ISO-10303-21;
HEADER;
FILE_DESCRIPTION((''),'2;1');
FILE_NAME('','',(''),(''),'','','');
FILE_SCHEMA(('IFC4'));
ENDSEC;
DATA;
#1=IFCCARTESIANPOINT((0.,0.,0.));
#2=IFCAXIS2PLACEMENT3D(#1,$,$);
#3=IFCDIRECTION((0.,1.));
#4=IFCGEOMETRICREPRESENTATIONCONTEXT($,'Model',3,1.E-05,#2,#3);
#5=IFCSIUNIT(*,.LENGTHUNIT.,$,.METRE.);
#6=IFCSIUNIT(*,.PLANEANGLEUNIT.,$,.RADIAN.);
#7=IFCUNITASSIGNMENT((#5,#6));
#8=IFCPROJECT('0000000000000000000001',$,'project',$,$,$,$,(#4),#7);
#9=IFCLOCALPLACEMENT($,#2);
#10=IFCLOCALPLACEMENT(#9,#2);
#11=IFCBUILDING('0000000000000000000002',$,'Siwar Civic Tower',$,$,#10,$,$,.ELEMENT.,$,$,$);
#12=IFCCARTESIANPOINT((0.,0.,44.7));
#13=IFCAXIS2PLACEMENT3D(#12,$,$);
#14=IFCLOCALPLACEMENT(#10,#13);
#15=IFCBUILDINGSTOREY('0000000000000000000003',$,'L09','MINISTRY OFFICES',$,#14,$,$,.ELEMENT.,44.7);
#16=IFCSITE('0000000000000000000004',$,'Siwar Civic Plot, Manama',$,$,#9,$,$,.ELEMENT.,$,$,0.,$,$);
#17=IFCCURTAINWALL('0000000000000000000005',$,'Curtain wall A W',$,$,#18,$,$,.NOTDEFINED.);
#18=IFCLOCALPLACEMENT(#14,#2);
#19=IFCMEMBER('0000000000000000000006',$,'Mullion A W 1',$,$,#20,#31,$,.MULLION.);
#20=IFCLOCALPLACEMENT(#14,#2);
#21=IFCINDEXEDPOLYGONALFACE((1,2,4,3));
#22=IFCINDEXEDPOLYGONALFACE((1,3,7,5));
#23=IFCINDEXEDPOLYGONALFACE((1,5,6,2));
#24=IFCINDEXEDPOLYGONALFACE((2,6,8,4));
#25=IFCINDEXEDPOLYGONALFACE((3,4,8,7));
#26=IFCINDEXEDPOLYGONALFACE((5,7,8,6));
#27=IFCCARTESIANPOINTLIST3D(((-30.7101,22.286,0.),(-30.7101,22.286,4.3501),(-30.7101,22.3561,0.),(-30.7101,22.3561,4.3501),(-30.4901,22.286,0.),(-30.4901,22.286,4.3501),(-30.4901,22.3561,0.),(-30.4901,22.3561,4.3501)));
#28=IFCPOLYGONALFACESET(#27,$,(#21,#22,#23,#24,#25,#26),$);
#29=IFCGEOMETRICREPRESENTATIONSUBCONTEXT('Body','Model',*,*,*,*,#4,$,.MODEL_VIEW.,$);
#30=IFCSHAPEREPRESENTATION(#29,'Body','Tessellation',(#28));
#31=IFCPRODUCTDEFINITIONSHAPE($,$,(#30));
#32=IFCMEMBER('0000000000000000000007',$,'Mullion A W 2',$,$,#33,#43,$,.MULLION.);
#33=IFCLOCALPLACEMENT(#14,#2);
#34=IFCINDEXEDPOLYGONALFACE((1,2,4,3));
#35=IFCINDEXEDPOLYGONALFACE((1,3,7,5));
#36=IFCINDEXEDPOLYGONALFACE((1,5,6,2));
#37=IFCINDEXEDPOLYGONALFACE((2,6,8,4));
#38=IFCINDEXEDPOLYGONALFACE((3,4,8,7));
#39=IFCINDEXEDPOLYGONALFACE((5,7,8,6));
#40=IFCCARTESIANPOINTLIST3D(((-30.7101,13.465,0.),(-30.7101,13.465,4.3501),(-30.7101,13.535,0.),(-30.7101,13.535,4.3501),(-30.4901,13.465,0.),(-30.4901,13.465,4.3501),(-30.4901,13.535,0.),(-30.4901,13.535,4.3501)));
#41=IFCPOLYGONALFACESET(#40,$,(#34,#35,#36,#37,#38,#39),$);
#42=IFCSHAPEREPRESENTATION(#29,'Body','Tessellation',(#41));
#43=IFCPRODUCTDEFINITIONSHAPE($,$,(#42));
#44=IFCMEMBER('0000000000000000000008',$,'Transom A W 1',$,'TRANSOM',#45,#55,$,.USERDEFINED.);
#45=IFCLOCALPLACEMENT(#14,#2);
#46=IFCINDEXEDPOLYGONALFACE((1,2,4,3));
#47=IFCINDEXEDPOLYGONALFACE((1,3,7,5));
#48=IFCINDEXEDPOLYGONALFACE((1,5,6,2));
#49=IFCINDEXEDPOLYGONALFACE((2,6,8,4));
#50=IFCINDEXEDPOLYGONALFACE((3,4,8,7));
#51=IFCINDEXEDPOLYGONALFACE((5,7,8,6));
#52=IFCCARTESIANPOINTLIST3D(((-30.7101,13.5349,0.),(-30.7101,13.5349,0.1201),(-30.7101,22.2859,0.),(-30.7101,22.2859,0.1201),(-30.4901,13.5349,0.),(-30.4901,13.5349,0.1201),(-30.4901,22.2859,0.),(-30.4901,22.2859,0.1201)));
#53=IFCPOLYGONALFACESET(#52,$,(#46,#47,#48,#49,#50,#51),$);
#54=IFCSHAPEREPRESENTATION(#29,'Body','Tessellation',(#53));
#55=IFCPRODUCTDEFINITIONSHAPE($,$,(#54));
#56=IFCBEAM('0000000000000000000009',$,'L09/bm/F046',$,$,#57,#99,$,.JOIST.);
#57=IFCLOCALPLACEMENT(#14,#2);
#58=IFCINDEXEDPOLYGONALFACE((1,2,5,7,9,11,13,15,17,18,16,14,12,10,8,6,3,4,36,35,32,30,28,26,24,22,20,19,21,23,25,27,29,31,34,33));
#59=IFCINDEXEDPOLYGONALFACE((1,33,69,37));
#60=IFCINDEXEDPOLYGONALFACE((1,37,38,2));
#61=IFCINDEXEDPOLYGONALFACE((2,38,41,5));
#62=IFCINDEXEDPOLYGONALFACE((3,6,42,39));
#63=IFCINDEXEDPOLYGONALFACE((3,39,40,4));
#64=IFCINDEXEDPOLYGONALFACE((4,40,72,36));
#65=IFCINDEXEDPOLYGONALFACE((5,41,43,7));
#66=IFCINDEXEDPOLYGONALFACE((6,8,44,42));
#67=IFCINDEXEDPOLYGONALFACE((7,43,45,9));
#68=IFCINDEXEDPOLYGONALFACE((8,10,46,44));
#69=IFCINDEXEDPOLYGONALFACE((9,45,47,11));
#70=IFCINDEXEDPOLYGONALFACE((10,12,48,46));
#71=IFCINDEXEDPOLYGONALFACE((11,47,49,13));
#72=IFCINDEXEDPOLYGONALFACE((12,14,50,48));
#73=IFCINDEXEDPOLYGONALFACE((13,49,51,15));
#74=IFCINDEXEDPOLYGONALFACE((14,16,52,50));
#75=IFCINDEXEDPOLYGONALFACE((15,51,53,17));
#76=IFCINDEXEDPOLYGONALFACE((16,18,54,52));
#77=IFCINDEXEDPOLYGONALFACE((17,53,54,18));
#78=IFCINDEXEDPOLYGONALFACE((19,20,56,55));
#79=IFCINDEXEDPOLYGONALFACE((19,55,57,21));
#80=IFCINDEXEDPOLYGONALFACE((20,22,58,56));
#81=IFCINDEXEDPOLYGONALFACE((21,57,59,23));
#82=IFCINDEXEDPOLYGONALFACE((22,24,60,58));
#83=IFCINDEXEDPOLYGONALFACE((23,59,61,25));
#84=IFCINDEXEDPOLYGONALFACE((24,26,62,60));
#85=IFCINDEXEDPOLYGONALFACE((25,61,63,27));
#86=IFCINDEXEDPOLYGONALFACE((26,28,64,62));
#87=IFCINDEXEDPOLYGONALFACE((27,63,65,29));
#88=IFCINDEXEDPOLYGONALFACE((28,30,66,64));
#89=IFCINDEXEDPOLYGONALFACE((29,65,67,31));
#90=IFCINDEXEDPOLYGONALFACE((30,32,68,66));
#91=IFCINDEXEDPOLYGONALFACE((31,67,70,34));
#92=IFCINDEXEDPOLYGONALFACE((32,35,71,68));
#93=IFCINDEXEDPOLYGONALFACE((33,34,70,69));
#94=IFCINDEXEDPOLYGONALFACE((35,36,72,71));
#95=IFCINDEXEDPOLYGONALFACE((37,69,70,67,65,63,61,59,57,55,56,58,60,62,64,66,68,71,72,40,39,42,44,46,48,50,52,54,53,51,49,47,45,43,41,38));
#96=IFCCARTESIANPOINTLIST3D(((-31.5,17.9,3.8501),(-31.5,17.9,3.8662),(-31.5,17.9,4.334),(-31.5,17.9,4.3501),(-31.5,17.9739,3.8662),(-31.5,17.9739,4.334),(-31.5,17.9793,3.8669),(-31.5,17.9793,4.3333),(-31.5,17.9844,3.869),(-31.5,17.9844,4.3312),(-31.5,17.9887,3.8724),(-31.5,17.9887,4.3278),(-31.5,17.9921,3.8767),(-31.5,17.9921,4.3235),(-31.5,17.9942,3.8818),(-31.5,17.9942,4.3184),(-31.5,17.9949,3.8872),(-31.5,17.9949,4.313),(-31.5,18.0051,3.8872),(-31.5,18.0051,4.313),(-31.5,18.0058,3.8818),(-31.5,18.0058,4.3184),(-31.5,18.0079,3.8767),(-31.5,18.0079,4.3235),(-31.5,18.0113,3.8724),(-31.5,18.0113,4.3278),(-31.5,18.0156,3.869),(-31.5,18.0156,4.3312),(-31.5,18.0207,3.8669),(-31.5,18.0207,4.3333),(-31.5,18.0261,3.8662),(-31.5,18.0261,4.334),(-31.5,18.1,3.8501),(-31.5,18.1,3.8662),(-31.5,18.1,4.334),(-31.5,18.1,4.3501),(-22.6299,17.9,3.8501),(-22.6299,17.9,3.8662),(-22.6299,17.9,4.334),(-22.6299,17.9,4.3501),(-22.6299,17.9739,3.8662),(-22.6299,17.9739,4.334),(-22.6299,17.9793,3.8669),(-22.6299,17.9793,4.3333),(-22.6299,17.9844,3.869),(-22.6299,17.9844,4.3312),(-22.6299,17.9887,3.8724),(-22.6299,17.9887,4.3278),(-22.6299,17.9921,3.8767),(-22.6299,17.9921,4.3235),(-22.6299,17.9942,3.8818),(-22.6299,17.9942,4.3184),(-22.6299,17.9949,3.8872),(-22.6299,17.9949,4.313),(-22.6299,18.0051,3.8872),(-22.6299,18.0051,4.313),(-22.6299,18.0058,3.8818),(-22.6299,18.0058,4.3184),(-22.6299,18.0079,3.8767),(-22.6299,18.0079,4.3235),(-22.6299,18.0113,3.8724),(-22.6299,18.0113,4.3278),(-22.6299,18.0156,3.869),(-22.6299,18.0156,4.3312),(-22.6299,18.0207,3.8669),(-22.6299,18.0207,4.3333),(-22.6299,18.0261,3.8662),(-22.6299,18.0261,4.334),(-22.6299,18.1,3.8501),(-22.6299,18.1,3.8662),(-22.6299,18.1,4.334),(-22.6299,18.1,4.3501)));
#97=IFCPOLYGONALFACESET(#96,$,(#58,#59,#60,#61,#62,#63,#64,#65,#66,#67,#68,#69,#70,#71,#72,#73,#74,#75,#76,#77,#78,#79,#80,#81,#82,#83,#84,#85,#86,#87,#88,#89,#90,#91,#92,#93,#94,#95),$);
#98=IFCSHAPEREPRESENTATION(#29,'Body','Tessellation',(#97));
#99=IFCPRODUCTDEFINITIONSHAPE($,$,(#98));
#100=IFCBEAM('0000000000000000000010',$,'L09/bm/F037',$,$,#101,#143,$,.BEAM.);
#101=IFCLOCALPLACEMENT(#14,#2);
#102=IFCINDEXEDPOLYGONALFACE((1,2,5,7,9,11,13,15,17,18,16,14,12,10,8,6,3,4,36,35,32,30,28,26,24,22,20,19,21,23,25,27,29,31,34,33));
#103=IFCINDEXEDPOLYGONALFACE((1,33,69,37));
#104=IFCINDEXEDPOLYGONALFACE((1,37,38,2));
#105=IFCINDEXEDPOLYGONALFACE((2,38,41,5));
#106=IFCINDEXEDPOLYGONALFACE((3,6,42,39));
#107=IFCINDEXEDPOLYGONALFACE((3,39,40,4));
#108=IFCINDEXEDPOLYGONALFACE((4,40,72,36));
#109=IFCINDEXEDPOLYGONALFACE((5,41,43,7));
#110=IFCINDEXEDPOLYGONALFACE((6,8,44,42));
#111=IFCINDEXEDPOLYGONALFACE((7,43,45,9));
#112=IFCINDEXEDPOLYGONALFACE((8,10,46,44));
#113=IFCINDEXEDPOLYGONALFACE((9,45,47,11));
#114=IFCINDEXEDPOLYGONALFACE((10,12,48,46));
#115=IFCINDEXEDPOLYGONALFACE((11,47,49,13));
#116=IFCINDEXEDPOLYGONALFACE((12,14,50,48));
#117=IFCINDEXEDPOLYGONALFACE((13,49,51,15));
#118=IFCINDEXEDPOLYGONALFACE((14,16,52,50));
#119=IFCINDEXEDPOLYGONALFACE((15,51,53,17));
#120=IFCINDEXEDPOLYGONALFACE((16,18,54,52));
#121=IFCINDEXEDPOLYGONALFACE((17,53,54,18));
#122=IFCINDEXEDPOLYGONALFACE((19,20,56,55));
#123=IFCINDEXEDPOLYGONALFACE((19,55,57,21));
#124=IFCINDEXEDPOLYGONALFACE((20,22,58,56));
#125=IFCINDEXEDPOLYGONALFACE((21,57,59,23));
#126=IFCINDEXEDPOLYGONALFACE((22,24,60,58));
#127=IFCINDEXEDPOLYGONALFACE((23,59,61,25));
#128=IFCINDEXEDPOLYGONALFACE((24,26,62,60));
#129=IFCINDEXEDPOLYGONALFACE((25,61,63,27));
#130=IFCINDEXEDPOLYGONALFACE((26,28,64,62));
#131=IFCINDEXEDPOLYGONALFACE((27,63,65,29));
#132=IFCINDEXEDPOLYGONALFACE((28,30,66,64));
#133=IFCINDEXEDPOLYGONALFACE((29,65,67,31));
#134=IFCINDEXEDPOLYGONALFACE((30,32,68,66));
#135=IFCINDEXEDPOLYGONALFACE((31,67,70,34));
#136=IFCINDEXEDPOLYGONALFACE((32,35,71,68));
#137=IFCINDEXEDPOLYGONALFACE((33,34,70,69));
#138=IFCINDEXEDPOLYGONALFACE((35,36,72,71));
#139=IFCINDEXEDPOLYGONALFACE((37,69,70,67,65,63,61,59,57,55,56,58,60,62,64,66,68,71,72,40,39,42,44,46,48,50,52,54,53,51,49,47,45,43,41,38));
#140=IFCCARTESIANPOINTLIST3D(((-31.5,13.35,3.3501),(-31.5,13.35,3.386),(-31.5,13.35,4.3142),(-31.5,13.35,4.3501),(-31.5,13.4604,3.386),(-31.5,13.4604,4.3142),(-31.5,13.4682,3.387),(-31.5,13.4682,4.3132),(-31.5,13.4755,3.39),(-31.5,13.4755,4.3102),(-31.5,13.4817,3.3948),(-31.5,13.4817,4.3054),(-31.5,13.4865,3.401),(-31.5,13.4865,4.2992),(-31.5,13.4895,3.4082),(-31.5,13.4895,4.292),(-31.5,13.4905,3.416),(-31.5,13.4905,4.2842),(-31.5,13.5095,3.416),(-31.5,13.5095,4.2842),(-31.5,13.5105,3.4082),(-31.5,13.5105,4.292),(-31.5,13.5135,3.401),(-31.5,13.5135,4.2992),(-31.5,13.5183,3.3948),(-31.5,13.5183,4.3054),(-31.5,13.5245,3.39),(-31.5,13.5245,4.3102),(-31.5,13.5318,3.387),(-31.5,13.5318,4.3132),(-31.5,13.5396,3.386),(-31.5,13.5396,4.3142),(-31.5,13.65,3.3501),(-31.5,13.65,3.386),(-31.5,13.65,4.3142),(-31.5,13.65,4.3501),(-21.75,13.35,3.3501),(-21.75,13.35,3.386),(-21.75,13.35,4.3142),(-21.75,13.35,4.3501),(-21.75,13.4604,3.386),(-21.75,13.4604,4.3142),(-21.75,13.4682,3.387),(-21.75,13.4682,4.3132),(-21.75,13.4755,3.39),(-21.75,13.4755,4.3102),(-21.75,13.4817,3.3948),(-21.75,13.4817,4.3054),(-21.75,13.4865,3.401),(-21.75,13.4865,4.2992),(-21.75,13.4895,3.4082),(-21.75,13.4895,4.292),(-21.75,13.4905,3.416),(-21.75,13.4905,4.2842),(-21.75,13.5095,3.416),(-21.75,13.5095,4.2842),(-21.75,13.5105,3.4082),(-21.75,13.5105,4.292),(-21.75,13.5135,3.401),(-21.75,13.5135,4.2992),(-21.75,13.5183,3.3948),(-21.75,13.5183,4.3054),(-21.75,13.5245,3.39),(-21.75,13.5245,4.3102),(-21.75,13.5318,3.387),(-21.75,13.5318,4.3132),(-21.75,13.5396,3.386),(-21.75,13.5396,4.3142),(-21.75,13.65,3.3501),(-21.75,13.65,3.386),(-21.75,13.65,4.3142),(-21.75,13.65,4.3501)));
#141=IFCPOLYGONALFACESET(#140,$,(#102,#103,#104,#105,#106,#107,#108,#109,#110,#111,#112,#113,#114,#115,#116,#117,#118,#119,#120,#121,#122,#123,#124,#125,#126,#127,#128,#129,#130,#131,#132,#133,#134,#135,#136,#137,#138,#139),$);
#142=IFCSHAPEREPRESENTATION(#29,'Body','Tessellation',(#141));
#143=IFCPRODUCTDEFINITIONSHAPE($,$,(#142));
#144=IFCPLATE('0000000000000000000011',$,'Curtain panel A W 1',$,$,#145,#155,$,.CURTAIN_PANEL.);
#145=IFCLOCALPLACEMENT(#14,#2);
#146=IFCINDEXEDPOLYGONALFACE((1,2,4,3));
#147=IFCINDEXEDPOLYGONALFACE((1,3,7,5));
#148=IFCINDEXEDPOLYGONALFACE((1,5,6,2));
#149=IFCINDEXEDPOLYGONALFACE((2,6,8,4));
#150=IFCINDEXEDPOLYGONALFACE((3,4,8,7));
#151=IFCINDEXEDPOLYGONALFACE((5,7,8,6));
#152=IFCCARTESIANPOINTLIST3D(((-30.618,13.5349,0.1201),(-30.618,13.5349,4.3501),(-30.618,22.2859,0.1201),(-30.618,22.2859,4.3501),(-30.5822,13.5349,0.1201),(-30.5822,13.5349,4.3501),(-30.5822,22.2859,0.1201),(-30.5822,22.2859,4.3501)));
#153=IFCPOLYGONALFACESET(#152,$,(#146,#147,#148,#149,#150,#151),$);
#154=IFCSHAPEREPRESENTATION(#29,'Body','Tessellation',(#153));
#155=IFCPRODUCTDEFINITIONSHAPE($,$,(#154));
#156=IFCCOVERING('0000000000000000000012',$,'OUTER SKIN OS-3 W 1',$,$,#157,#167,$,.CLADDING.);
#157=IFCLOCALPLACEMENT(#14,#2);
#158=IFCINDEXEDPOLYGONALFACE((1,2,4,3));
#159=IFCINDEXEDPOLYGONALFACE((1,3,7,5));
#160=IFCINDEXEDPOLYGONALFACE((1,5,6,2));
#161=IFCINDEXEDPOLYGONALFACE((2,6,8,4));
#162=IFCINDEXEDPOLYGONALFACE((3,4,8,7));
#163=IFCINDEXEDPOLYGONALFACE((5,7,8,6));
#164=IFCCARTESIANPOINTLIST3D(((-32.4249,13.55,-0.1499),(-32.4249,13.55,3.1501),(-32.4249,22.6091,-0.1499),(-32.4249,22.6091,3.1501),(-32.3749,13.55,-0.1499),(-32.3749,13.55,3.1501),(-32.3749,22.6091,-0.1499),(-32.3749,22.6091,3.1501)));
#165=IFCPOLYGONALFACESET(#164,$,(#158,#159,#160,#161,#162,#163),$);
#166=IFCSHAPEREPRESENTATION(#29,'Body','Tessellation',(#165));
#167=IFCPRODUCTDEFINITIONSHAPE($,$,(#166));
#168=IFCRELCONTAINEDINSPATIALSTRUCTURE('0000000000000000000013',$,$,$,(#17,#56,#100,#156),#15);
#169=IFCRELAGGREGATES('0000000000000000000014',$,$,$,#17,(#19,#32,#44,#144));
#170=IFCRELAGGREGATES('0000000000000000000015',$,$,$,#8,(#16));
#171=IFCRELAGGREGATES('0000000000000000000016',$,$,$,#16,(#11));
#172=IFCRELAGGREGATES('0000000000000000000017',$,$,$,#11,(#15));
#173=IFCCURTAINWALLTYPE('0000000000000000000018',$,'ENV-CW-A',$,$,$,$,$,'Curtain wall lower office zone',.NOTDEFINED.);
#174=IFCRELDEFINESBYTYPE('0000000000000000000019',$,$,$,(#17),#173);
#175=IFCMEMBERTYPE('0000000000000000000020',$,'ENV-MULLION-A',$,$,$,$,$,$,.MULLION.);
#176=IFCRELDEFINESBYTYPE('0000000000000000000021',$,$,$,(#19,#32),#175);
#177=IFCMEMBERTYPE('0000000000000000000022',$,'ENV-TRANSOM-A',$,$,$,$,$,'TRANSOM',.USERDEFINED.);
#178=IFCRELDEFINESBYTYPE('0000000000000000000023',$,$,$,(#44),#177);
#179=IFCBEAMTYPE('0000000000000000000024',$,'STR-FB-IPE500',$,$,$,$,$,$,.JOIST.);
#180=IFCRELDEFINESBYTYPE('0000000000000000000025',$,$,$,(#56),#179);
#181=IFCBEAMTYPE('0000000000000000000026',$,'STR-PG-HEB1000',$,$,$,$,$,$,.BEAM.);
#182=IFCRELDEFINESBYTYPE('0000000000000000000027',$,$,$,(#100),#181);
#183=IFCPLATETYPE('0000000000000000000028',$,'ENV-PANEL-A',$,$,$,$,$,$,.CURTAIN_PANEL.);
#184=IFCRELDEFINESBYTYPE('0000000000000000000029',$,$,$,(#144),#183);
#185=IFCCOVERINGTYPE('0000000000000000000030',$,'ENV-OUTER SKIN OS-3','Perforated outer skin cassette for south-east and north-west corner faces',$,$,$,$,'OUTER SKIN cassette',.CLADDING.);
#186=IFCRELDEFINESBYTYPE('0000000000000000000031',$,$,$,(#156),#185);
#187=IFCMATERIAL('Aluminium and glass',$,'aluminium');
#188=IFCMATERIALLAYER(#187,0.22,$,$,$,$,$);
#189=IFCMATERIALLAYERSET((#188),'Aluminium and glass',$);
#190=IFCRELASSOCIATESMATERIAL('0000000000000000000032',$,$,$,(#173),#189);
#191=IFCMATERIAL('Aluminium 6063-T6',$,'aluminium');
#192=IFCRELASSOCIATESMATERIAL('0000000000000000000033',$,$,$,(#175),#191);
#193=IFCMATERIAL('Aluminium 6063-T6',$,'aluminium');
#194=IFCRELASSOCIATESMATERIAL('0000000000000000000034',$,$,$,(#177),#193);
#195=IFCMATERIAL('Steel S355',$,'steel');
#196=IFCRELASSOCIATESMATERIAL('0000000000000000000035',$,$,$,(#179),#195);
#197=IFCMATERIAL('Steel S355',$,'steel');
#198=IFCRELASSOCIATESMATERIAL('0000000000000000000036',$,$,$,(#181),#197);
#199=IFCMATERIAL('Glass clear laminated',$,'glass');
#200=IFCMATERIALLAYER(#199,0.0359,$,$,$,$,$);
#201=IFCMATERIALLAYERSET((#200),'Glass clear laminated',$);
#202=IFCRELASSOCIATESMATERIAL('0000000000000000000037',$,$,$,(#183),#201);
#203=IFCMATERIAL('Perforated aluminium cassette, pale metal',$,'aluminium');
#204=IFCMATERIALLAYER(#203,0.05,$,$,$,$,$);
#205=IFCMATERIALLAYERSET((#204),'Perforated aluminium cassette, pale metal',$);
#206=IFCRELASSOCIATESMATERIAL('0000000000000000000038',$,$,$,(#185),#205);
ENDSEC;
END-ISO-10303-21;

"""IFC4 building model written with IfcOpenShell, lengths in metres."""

from ifc_helpers import new_model, si_unit, direction, frame, origin, origin_2d, place, context, subcontext, project, spatial, rectangle, i_section, extrude, material, layer, layer_set, material_profile, profile_set, type_object, element, aggregate, save


model = new_model("IFC4")

# Units and contexts
model_context = context("Model", 3, precision=1e-05, world=origin(), true_north=direction((0.0, 1.0)))
body_context = subcontext(model_context, "Body", "Model", "MODEL_VIEW")
ifc_project = project(units=[si_unit("LENGTHUNIT", "METRE"), si_unit("PLANEANGLEUNIT", "RADIAN")], contexts=[model_context])

# Site, building, storey
site_placement = place(None, origin())
site = spatial("IfcSite", under=ifc_project, at=site_placement, Name="Siwar Civic Plot, Manama", CompositionType="ELEMENT", RefElevation=0.0)
building_placement = place(site_placement, origin())
building = spatial("IfcBuilding", under=site, at=building_placement, Name="Siwar Civic Tower", CompositionType="ELEMENT")
storey_placement = place(building_placement, frame((0.0, 0.0, 44.7)))
storey = spatial("IfcBuildingStorey", under=building, at=storey_placement, Name="L09", Description="MINISTRY OFFICES", CompositionType="ELEMENT", Elevation=44.7)

# Curtain wall, members
ifc_material_1 = material(Name="Aluminium and glass", Category="aluminium")
ifc_layer_1 = layer(ifc_material_1, 0.22)
ifc_layer_set_1 = layer_set([ifc_layer_1], Name="Aluminium and glass")
curtain_wall_type = type_object("IfcCurtainWallType", Name="ENV-CW-A", ElementType="Curtain wall lower office zone", PredefinedType="NOTDEFINED", material=ifc_layer_set_1)
curtain_wall_placement = place(storey_placement, origin())
curtain_wall = element("IfcCurtainWall", 1, at=curtain_wall_placement, inside=storey, type_object=curtain_wall_type, Name="Curtain wall A W", PredefinedType="NOTDEFINED")
ifc_material_2 = material(Name="Aluminium 6063-T6", Category="aluminium")
ifc_material_profile_1 = material_profile(ifc_material_2, rectangle(XDim=0.22, YDim=0.0701, at=origin_2d()), Name="AL 220x70")
ifc_profile_set_1 = profile_set([ifc_material_profile_1], Name="Aluminium 6063-T6")
member_type_1 = type_object("IfcMemberType", Name="ENV-MULLION-A", PredefinedType="MULLION", material=ifc_profile_set_1)
member_1_placement = place(storey_placement, frame((-30.6001, 22.321, 0.0), z_axis=(0.0, 0.0, 1.0), x_axis=(1.0, 0.0, 0.0)))
member_1 = element("IfcMember", 2, at=member_1_placement, type_object=member_type_1, Name="Mullion A W 1", PredefinedType="MULLION", context=body_context, shape_type="SweptSolid", body=[
    extrude(rectangle(XDim=0.22, YDim=0.0701, at=origin_2d()), origin(), (0.0, 0.0, 1.0), 4.3501),
])
member_2_placement = place(storey_placement, frame((-30.6001, 13.5, 0.0), z_axis=(0.0, 0.0, 1.0), x_axis=(1.0, 0.0, 0.0)))
member_2 = element("IfcMember", 3, at=member_2_placement, type_object=member_type_1, Name="Mullion A W 2", PredefinedType="MULLION", context=body_context, shape_type="SweptSolid", body=[
    extrude(rectangle(XDim=0.22, YDim=0.0701, at=origin_2d()), origin(), (0.0, 0.0, 1.0), 4.3501),
])
ifc_material_3 = material(Name="Aluminium 6063-T6", Category="aluminium")
ifc_material_profile_2 = material_profile(ifc_material_3, rectangle(XDim=0.22, YDim=0.1201, at=origin_2d()), Name="AL 220x120")
ifc_profile_set_2 = profile_set([ifc_material_profile_2], Name="Aluminium 6063-T6")
member_type_2 = type_object("IfcMemberType", Name="ENV-TRANSOM-A", ElementType="TRANSOM", PredefinedType="USERDEFINED", material=ifc_profile_set_2)
member_3_placement = place(storey_placement, frame((-30.6001, 22.2859, 0.0601), z_axis=(0.0, -1.0, 0.0), x_axis=(1.0, 0.0, 0.0)))
member_3 = element("IfcMember", 4, at=member_3_placement, type_object=member_type_2, Name="Transom A W 1", ObjectType="TRANSOM", PredefinedType="USERDEFINED", context=body_context, shape_type="SweptSolid", body=[
    extrude(rectangle(XDim=0.22, YDim=0.1201, at=origin_2d()), origin(), (0.0, 0.0, 1.0), 8.751),
])

# Beams
ifc_material_4 = material(Name="Steel S355", Category="steel")
ifc_material_profile_3 = material_profile(ifc_material_4, i_section(OverallWidth=0.2, OverallDepth=0.5, WebThickness=0.0103, FlangeThickness=0.0161, FilletRadius=0.021, at=origin_2d()), Name="IPE500")
ifc_profile_set_3 = profile_set([ifc_material_profile_3], Name="Steel S355")
beam_type_1 = type_object("IfcBeamType", Name="STR-FB-IPE500", PredefinedType="JOIST", material=ifc_profile_set_3)
beam_1_placement = place(storey_placement, frame((-31.5, 18.0, 4.1001), z_axis=(1.0, 0.0, 0.0), x_axis=(0.0, 1.0, 0.0)))
element("IfcBeam", 5, at=beam_1_placement, inside=storey, type_object=beam_type_1, Name="L09/bm/F046", PredefinedType="JOIST", context=body_context, shape_type="SweptSolid", body=[
    extrude(i_section(OverallWidth=0.2, OverallDepth=0.5, WebThickness=0.0103, FlangeThickness=0.0161, FilletRadius=0.021, at=origin_2d()), origin(), (0.0, 0.0, 1.0), 8.8701),
])
ifc_material_5 = material(Name="Steel S355", Category="steel")
ifc_material_profile_4 = material_profile(ifc_material_5, i_section(OverallWidth=0.3, OverallDepth=1.0, WebThickness=0.019, FlangeThickness=0.0359, FilletRadius=0.03, at=origin_2d()), Name="HEB1000")
ifc_profile_set_4 = profile_set([ifc_material_profile_4], Name="Steel S355")
beam_type_2 = type_object("IfcBeamType", Name="STR-PG-HEB1000", PredefinedType="BEAM", material=ifc_profile_set_4)
beam_2_placement = place(storey_placement, frame((-31.5, 13.5, 3.8501), z_axis=(1.0, 0.0, 0.0), x_axis=(0.0, 1.0, 0.0)))
element("IfcBeam", 6, at=beam_2_placement, inside=storey, type_object=beam_type_2, Name="L09/bm/F037", PredefinedType="BEAM", context=body_context, shape_type="SweptSolid", body=[
    extrude(i_section(OverallWidth=0.3, OverallDepth=1.0, WebThickness=0.019, FlangeThickness=0.0359, FilletRadius=0.03, at=origin_2d()), origin(), (0.0, 0.0, 1.0), 9.75),
])

# Plate
ifc_material_6 = material(Name="Glass clear laminated", Category="glass")
ifc_layer_2 = layer(ifc_material_6, 0.0359)
ifc_layer_set_2 = layer_set([ifc_layer_2], Name="Glass clear laminated")
plate_type = type_object("IfcPlateType", Name="ENV-PANEL-A", PredefinedType="CURTAIN_PANEL", material=ifc_layer_set_2)
plate_placement = place(storey_placement, frame((-30.6001, 17.9104, 0.1201), z_axis=(0.0, 0.0, 1.0), x_axis=(0.0, -1.0, 0.0)))
plate = element("IfcPlate", 7, at=plate_placement, type_object=plate_type, Name="Curtain panel A W 1", PredefinedType="CURTAIN_PANEL", context=body_context, shape_type="SweptSolid", body=[
    extrude(rectangle(XDim=8.751, YDim=0.0359, at=origin_2d()), origin(), (0.0, 0.0, 1.0), 4.23),
])
aggregate(curtain_wall, [member_1, member_2, member_3, plate])

# Covering
ifc_material_7 = material(Name="Perforated aluminium cassette, pale metal", Category="aluminium")
ifc_layer_3 = layer(ifc_material_7, 0.05)
ifc_layer_set_3 = layer_set([ifc_layer_3], Name="Perforated aluminium cassette, pale metal")
covering_type = type_object("IfcCoveringType", Name="ENV-OUTER SKIN OS-3", Description="Perforated outer skin cassette for south-east and north-west corner faces", ElementType="OUTER SKIN cassette", PredefinedType="CLADDING", material=ifc_layer_set_3)
covering_placement = place(storey_placement, frame((-32.3999, 18.0796, -0.1499), z_axis=(0.0, 0.0, 1.0), x_axis=(0.0, -1.0, 0.0)))
element("IfcCovering", 8, at=covering_placement, inside=storey, type_object=covering_type, Name="OUTER SKIN OS-3 W 1", PredefinedType="CLADDING", context=body_context, shape_type="SweptSolid", body=[
    extrude(rectangle(XDim=9.0591, YDim=0.05, at=origin_2d()), origin(), (0.0, 0.0, 1.0), 3.3),
])

save(model, "model.ifc")
